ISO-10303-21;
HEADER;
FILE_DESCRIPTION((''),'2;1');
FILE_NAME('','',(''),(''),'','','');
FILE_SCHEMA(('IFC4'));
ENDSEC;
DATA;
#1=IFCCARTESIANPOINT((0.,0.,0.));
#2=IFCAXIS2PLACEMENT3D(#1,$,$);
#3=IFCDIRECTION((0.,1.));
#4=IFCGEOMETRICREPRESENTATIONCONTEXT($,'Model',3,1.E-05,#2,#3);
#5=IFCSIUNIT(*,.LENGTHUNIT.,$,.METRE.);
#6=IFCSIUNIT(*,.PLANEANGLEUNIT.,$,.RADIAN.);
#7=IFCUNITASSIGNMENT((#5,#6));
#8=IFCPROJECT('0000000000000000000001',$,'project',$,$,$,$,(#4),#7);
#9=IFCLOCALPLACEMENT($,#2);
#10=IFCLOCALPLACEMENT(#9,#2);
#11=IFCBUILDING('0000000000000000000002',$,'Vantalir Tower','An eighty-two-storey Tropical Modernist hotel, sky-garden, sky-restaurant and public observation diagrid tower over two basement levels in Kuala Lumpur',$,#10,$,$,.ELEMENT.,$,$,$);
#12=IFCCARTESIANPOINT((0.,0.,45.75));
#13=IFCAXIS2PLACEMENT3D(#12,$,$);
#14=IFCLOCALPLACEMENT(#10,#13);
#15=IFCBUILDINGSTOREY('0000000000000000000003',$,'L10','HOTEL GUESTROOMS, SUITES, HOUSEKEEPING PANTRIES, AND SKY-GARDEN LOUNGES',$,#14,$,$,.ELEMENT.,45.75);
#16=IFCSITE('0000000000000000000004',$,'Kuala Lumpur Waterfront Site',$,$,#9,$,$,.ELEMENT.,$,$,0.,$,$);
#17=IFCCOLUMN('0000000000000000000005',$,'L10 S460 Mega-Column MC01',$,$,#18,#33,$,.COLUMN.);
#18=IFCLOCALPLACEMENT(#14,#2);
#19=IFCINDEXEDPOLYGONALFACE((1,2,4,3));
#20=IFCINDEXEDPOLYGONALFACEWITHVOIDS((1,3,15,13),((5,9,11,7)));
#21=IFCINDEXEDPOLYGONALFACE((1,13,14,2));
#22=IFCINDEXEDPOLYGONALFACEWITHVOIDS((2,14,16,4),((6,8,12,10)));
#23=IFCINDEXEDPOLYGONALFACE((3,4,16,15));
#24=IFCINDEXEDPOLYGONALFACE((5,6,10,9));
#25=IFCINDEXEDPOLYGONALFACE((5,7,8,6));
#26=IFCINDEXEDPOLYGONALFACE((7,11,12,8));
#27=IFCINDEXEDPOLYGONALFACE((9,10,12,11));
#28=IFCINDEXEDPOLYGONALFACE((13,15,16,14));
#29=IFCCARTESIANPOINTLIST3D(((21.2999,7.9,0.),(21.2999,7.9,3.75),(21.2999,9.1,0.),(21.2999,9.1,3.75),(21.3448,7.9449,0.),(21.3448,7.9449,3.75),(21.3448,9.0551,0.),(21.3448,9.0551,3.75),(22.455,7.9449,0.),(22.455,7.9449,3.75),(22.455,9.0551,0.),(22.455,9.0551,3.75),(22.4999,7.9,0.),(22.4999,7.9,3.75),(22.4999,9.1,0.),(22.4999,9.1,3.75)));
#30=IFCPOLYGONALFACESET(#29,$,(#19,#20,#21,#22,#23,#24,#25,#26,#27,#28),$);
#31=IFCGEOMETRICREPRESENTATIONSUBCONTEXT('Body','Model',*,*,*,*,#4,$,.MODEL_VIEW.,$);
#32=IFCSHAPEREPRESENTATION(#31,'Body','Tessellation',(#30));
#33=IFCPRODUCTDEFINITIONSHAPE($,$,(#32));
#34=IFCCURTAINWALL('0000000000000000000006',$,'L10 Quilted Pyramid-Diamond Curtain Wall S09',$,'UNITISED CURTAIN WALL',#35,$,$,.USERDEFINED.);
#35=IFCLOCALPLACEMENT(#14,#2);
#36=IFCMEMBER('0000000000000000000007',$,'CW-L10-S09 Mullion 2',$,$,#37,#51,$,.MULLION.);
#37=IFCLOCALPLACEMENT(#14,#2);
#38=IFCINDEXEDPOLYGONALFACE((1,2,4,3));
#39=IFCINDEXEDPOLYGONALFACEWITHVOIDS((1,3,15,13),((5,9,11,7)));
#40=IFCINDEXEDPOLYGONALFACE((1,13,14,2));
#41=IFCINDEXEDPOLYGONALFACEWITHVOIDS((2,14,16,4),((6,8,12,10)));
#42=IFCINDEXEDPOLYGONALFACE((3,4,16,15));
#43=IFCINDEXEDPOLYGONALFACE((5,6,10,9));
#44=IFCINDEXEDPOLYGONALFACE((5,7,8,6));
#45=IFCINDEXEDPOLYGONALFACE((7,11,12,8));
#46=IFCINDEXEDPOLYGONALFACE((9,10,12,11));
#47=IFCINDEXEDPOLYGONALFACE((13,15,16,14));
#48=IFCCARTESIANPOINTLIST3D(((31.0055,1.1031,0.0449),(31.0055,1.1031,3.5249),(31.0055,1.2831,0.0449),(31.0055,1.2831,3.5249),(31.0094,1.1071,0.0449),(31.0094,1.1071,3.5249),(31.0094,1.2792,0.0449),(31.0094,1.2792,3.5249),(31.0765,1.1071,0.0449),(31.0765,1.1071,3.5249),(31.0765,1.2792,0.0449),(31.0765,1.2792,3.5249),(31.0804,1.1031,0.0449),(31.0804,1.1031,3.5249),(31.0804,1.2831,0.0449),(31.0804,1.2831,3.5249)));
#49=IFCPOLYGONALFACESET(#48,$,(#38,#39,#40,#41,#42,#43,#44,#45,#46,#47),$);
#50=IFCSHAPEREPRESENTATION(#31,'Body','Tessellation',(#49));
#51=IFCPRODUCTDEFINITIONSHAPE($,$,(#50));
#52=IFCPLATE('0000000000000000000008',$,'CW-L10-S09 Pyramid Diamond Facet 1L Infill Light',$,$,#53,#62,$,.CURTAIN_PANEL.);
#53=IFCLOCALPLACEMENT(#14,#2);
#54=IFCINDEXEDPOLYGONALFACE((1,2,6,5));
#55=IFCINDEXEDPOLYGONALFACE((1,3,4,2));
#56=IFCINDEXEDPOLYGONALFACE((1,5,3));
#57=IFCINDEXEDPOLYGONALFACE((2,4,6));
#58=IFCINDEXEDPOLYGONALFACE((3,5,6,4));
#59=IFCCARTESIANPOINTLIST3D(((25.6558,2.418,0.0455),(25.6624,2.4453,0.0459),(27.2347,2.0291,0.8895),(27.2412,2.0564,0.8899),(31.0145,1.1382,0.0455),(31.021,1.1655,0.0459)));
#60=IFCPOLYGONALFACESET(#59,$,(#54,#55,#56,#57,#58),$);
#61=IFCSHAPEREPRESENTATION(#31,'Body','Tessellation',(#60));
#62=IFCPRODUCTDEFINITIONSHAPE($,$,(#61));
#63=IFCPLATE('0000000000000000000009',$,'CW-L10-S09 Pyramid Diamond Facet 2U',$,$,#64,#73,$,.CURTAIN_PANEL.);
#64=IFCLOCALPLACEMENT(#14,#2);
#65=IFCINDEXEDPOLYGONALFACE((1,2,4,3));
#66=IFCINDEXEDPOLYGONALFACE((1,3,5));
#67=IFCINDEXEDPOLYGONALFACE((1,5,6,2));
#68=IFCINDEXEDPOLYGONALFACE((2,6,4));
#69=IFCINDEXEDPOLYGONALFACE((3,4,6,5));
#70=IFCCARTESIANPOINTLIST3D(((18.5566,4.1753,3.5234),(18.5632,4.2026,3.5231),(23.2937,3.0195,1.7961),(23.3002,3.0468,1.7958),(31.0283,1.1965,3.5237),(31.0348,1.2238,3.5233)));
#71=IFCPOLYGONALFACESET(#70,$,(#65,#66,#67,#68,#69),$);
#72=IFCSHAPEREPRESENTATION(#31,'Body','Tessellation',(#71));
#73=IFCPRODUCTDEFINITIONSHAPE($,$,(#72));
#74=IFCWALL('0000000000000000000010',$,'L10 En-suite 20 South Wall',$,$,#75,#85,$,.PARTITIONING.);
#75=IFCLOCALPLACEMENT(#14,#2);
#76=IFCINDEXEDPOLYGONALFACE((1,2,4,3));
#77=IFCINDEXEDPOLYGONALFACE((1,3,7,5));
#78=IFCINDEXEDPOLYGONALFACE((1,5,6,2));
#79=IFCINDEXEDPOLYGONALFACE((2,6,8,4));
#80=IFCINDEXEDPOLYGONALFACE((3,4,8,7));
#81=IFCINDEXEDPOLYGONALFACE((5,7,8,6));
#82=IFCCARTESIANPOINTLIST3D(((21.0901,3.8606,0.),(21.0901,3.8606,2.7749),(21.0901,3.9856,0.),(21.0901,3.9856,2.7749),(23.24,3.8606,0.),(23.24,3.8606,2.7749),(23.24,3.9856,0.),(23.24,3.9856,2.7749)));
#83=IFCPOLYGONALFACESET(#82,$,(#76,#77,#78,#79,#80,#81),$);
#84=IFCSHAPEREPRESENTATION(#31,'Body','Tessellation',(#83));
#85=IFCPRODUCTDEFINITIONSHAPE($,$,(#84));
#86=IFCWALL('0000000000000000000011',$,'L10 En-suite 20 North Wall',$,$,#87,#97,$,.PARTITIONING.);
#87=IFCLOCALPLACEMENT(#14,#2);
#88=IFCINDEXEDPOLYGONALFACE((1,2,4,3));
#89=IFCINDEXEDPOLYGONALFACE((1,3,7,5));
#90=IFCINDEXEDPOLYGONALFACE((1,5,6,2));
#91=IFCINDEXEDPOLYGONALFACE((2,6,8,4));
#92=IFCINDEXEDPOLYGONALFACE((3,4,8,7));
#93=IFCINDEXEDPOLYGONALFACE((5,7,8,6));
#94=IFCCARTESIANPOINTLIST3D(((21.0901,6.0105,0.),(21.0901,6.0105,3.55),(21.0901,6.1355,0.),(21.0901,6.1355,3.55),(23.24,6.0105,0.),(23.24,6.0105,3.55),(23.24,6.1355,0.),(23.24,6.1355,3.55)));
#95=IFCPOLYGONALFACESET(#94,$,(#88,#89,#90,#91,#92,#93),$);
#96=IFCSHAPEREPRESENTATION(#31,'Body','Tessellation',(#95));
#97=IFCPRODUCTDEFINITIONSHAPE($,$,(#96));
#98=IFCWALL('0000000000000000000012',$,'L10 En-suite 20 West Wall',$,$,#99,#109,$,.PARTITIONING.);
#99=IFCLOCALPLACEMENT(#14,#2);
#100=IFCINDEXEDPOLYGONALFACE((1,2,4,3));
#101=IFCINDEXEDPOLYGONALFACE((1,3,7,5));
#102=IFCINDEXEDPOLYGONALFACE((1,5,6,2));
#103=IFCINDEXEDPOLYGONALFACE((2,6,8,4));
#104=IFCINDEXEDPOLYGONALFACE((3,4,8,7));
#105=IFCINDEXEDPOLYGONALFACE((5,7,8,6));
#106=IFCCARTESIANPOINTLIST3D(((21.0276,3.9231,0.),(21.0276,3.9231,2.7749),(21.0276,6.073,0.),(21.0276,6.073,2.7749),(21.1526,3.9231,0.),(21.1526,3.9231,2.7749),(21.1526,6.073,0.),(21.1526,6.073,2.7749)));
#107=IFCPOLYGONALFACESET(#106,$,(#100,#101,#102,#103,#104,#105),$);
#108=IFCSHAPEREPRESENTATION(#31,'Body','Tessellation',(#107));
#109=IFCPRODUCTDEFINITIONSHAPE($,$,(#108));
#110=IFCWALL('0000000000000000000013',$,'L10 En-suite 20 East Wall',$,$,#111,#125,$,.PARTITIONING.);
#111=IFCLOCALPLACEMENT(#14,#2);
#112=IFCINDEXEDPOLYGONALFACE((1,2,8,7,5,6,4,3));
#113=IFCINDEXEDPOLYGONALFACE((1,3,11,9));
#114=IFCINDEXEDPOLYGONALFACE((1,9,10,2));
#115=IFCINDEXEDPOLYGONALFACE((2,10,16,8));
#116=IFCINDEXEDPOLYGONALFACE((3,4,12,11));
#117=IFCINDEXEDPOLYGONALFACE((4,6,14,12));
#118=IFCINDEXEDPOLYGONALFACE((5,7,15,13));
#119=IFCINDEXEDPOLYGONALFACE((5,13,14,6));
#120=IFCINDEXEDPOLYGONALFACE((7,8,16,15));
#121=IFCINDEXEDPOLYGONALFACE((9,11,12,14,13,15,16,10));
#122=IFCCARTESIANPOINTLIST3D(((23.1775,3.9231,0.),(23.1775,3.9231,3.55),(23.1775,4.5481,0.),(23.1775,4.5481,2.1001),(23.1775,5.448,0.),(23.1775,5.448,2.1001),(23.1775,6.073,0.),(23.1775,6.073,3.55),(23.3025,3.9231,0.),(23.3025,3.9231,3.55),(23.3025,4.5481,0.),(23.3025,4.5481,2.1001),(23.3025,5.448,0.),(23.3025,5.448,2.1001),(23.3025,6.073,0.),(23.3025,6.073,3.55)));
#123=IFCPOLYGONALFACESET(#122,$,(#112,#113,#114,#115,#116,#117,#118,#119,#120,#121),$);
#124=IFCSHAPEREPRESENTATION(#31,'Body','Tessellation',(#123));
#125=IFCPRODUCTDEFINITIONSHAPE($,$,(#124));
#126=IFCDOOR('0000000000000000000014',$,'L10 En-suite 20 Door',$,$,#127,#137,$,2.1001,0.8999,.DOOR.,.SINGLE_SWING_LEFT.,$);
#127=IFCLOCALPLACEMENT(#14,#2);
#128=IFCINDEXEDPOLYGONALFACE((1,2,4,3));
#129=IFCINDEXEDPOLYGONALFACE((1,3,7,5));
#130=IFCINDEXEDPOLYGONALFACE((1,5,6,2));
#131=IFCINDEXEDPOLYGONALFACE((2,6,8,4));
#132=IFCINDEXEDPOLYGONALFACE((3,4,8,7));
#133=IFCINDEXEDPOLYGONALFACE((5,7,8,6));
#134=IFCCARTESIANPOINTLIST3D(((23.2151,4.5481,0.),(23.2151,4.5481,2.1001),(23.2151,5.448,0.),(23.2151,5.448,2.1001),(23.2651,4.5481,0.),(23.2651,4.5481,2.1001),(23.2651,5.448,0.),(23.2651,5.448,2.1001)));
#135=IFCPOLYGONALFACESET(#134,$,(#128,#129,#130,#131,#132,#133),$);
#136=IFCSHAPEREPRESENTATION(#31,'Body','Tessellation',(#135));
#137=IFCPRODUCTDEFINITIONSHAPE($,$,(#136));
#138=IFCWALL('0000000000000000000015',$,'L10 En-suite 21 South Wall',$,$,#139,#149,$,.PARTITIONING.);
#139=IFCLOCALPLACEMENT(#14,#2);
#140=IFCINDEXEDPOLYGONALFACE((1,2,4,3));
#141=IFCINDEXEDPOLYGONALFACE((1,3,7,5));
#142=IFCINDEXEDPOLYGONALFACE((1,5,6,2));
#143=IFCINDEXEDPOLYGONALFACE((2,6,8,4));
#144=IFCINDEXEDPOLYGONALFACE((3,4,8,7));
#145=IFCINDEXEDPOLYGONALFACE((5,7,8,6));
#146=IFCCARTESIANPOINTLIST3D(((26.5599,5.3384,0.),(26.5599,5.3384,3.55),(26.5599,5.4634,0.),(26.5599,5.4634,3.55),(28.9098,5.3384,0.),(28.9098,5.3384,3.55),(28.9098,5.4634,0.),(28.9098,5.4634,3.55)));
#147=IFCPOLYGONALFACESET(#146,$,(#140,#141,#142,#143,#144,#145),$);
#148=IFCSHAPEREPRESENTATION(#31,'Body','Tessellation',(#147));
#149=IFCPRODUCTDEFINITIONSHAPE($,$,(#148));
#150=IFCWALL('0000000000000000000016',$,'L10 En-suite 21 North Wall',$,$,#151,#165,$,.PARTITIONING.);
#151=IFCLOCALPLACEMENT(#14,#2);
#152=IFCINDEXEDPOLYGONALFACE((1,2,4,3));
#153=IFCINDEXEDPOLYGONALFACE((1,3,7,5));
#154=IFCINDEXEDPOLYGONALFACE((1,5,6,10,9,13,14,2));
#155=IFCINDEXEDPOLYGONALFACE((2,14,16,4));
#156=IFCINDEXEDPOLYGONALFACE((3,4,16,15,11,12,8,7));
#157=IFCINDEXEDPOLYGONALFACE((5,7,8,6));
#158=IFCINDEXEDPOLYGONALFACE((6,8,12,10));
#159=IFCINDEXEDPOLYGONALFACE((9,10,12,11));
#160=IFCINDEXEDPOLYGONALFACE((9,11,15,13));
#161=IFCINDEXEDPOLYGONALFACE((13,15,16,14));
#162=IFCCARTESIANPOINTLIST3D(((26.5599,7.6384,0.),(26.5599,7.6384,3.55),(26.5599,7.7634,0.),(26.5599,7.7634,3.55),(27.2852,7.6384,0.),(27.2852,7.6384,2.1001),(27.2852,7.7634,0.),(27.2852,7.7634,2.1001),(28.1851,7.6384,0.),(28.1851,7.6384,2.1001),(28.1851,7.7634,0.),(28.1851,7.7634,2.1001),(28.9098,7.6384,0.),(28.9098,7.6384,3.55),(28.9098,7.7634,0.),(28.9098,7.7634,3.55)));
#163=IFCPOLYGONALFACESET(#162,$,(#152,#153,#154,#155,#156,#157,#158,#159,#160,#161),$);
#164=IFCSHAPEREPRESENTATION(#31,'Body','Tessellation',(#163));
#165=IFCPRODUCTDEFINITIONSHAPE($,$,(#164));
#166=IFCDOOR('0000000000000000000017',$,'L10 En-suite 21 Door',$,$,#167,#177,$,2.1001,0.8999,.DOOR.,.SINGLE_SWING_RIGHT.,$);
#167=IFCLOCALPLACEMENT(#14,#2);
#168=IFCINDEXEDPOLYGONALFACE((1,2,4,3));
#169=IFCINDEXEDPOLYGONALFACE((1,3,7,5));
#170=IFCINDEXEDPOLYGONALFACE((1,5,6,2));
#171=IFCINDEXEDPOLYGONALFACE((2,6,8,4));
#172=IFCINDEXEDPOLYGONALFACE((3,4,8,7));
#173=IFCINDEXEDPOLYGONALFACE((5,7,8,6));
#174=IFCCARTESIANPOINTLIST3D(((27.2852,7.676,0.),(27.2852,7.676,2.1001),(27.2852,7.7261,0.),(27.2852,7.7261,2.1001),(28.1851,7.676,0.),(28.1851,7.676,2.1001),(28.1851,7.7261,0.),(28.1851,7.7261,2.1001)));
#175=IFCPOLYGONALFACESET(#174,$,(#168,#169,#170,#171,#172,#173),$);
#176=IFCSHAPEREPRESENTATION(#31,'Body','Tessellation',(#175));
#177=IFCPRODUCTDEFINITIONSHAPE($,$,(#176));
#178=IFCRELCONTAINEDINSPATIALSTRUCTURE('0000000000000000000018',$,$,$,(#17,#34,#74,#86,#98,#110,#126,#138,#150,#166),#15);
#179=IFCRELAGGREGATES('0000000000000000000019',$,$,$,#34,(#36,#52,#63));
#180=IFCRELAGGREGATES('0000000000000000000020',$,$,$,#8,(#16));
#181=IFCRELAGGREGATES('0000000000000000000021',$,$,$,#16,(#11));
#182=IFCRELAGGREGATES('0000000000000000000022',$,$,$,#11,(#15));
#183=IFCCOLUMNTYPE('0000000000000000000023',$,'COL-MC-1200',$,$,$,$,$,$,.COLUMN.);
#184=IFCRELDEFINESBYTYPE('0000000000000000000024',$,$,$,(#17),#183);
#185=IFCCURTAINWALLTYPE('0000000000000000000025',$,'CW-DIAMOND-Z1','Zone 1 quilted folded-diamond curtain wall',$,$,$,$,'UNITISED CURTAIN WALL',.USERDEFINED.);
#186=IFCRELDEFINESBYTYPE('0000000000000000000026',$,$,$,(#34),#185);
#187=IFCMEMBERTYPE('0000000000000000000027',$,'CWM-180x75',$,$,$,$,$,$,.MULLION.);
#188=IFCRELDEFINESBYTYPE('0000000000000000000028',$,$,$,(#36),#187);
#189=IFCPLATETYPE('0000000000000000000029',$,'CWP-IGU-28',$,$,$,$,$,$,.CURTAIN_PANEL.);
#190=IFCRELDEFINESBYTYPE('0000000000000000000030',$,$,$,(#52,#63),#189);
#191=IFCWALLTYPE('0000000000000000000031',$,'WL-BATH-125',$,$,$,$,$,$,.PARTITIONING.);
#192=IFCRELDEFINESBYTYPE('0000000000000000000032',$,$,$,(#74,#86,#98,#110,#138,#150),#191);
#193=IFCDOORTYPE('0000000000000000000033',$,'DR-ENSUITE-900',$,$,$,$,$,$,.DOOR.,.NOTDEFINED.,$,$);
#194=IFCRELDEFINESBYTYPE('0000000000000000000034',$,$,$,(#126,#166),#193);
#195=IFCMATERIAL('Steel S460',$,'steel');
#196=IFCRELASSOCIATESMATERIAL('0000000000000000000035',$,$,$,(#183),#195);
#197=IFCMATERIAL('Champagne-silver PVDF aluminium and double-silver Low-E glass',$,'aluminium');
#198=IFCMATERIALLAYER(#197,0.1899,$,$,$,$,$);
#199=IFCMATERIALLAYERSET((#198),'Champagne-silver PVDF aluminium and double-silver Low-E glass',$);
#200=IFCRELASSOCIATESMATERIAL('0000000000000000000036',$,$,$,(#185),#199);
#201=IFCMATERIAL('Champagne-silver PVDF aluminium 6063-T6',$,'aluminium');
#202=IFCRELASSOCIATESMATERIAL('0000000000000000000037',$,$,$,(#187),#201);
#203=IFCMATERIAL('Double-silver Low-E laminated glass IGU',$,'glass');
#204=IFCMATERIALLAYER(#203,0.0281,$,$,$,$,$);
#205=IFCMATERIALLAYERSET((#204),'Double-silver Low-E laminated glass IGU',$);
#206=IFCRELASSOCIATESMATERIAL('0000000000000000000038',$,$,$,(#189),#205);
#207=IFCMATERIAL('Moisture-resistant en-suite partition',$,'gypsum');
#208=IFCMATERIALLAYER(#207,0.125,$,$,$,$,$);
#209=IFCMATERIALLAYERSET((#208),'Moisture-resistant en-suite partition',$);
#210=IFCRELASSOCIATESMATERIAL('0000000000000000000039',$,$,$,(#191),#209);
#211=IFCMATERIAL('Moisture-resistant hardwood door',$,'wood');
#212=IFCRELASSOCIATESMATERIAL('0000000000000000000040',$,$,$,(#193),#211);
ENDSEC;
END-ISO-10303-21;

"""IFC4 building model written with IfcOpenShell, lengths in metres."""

from ifc_helpers import new_model, si_unit, direction, frame, frame_2d, origin, origin_2d, place, context, subcontext, project, spatial, polyline, rectangle, hollow_rectangle, outline, extrude, material, layer, layer_set, material_profile, profile_set, type_object, element, fill, aggregate, save


model = new_model("IFC4")

# Units and contexts
model_context = context("Model", 3, precision=1e-05, world=origin(), true_north=direction((0.0, 1.0)))
body_context = subcontext(model_context, "Body", "Model", "MODEL_VIEW")
ifc_project = project(units=[si_unit("LENGTHUNIT", "METRE"), si_unit("PLANEANGLEUNIT", "RADIAN")], contexts=[model_context])

# Site, building, storey
site_placement = place(None, origin())
site = spatial("IfcSite", under=ifc_project, at=site_placement, Name="Kuala Lumpur Waterfront Site", CompositionType="ELEMENT", RefElevation=0.0)
building_placement = place(site_placement, origin())
building = spatial("IfcBuilding", under=site, at=building_placement, Name="Vantalir Tower", Description="An eighty-two-storey Tropical Modernist hotel, sky-garden, sky-restaurant and public observation diagrid tower over two basement levels in Kuala Lumpur", CompositionType="ELEMENT")
storey_placement = place(building_placement, frame((0.0, 0.0, 45.75)))
storey = spatial("IfcBuildingStorey", under=building, at=storey_placement, Name="L10", Description="HOTEL GUESTROOMS, SUITES, HOUSEKEEPING PANTRIES, AND SKY-GARDEN LOUNGES", CompositionType="ELEMENT", Elevation=45.75)

# Column
ifc_material_1 = material(Name="Steel S460", Category="steel")
ifc_material_profile_1 = material_profile(ifc_material_1, hollow_rectangle(XDim=1.2, YDim=1.2, WallThickness=0.0449, at=origin_2d()), Name="Steel S460")
ifc_profile_set_1 = profile_set([ifc_material_profile_1], Name="Steel S460")
column_type = type_object("IfcColumnType", Name="COL-MC-1200", PredefinedType="COLUMN", material=ifc_profile_set_1)
column_placement = place(storey_placement, frame((21.8999, 8.5, 0.0), z_axis=(0.0, 0.0, 1.0), x_axis=(1.0, 0.0, 0.0)))
element("IfcColumn", 1, at=column_placement, inside=storey, type_object=column_type, Name="L10 S460 Mega-Column MC01", PredefinedType="COLUMN", context=body_context, shape_type="SweptSolid", body=[
    extrude(hollow_rectangle(XDim=1.2, YDim=1.2, WallThickness=0.0449, at=origin_2d()), origin(), (0.0, 0.0, 1.0), 3.75),
])

# Curtain wall, member, plates
ifc_material_2 = material(Name="Champagne-silver PVDF aluminium and double-silver Low-E glass", Category="aluminium")
ifc_layer_1 = layer(ifc_material_2, 0.1899)
ifc_layer_set_1 = layer_set([ifc_layer_1], Name="Champagne-silver PVDF aluminium and double-silver Low-E glass")
curtain_wall_type = type_object("IfcCurtainWallType", Name="CW-DIAMOND-Z1", Description="Zone 1 quilted folded-diamond curtain wall", ElementType="UNITISED CURTAIN WALL", PredefinedType="USERDEFINED", material=ifc_layer_set_1)
curtain_wall_placement = place(storey_placement, origin())
curtain_wall = element("IfcCurtainWall", 2, at=curtain_wall_placement, inside=storey, type_object=curtain_wall_type, Name="L10 Quilted Pyramid-Diamond Curtain Wall S09", ObjectType="UNITISED CURTAIN WALL", PredefinedType="USERDEFINED")
ifc_material_3 = material(Name="Champagne-silver PVDF aluminium 6063-T6", Category="aluminium")
ifc_material_profile_2 = material_profile(ifc_material_3, hollow_rectangle(XDim=0.075, YDim=0.1799, WallThickness=0.0039, at=origin_2d()), Name="Champagne-silver PVDF aluminium 6063-T6")
ifc_profile_set_2 = profile_set([ifc_material_profile_2], Name="Champagne-silver PVDF aluminium 6063-T6")
member_type = type_object("IfcMemberType", Name="CWM-180x75", PredefinedType="MULLION", material=ifc_profile_set_2)
member_placement = place(storey_placement, frame((31.043, 1.1931, 0.0449), z_axis=(0.0, 0.0, 1.0), x_axis=(1.0, 0.0, 0.0)))
member = element("IfcMember", 3, at=member_placement, type_object=member_type, Name="CW-L10-S09 Mullion 2", PredefinedType="MULLION", context=body_context, shape_type="SweptSolid", body=[
    extrude(hollow_rectangle(XDim=0.075, YDim=0.1799, WallThickness=0.0039, at=origin_2d()), origin(), (0.0, 0.0, 1.0), 3.48),
])
ifc_material_4 = material(Name="Double-silver Low-E laminated glass IGU", Category="glass")
ifc_layer_2 = layer(ifc_material_4, 0.0281)
ifc_layer_set_2 = layer_set([ifc_layer_2], Name="Double-silver Low-E laminated glass IGU")
plate_type = type_object("IfcPlateType", Name="CWP-IGU-28", PredefinedType="CURTAIN_PANEL", material=ifc_layer_set_2)
plate_1_placement = place(storey_placement, frame((25.6624, 2.4453, 0.0459), z_axis=(0.232272, 0.972555, 0.013647), x_axis=(0.972646, -0.232293, 0.0)))
plate_1 = element("IfcPlate", 4, at=plate_1_placement, type_object=plate_type, Name="CW-L10-S09 Pyramid Diamond Facet 1L Infill Light", PredefinedType="CURTAIN_PANEL", context=body_context, shape_type="SweptSolid", body=[
    extrude(outline(polyline([(0.0, 0.0), (5.5093, 0.0), (1.626, -0.8441), (0.0, 0.0)])), origin(), (0.0, 0.0, -1.0), 0.0281),
])
plate_2_placement = place(storey_placement, frame((31.0283, 1.1965, 3.5237), z_axis=(-0.232286, -0.972551, 0.013711), x_axis=(-0.972642, 0.232308, -0.000019)))
plate_2 = element("IfcPlate", 5, at=plate_2_placement, type_object=plate_type, Name="CW-L10-S09 Pyramid Diamond Facet 2U", PredefinedType="CURTAIN_PANEL", context=body_context, shape_type="SweptSolid", body=[
    extrude(outline(polyline([(0.0, 0.0), (12.8225, 0.0), (7.9465, 1.7276), (0.0, 0.0)])), origin(), (0.0, 0.0, -1.0), 0.0281),
])
aggregate(curtain_wall, [member, plate_1, plate_2])

# Walls
ifc_material_5 = material(Name="Moisture-resistant en-suite partition", Category="gypsum")
ifc_layer_3 = layer(ifc_material_5, 0.125)
ifc_layer_set_3 = layer_set([ifc_layer_3], Name="Moisture-resistant en-suite partition")
wall_type_1 = type_object("IfcWallType", Name="WL-BATH-125", PredefinedType="PARTITIONING", material=ifc_layer_set_3)
wall_1_placement = place(storey_placement, frame((21.0901, 3.9231, 0.0), z_axis=(0.0, 0.0, 1.0), x_axis=(1.0, 0.0, 0.0)))
element("IfcWall", 6, at=wall_1_placement, inside=storey, type_object=wall_type_1, Name="L10 En-suite 20 South Wall", PredefinedType="PARTITIONING", context=body_context, shape_type="SweptSolid", body=[
    extrude(rectangle(XDim=2.1499, YDim=0.125, at=frame_2d((1.075, 0.0))), origin(), (0.0, 0.0, 1.0), 2.7749),
])
wall_2_placement = place(storey_placement, frame((21.0901, 6.073, 0.0), z_axis=(0.0, 0.0, 1.0), x_axis=(1.0, 0.0, 0.0)))
element("IfcWall", 7, at=wall_2_placement, inside=storey, type_object=wall_type_1, Name="L10 En-suite 20 North Wall", PredefinedType="PARTITIONING", context=body_context, shape_type="SweptSolid", body=[
    extrude(rectangle(XDim=2.1499, YDim=0.125, at=frame_2d((1.075, 0.0))), origin(), (0.0, 0.0, 1.0), 3.55),
])
wall_3_placement = place(storey_placement, frame((21.0901, 3.9231, 0.0), z_axis=(0.0, 0.0, 1.0), x_axis=(0.0, 1.0, 0.0)))
element("IfcWall", 8, at=wall_3_placement, inside=storey, type_object=wall_type_1, Name="L10 En-suite 20 West Wall", PredefinedType="PARTITIONING", context=body_context, shape_type="SweptSolid", body=[
    extrude(rectangle(XDim=2.1499, YDim=0.125, at=frame_2d((1.075, 0.0))), origin(), (0.0, 0.0, 1.0), 2.7749),
])

# Wall, opening, door
wall_4_placement = place(storey_placement, frame((23.24, 3.9231, 0.0), z_axis=(0.0, 0.0, 1.0), x_axis=(0.0, 1.0, 0.0)))
wall_4 = element("IfcWall", 9, at=wall_4_placement, inside=storey, type_object=wall_type_1, Name="L10 En-suite 20 East Wall", PredefinedType="PARTITIONING", context=body_context, shape_type="SweptSolid", body=[
    extrude(rectangle(XDim=2.1499, YDim=0.125, at=frame_2d((1.075, 0.0))), origin(), (0.0, 0.0, 1.0), 3.55),
])
opening_1_placement = place(wall_4_placement, frame((0.625, 0.0, 0.0)))
opening_1 = element("IfcOpeningElement", 10, at=opening_1_placement, cuts=wall_4, PredefinedType="OPENING", context=body_context, shape_type="SweptSolid", body=[
    extrude(rectangle(XDim=0.8999, YDim=2.1001, at=frame_2d((0.45, 1.05))), frame((0.0, 0.0725, 0.0), z_axis=(0.0, -1.0, 0.0), x_axis=(1.0, 0.0, 0.0)), (0.0, 0.0, 1.0), 0.145),
])
ifc_material_6 = material(Name="Moisture-resistant hardwood door", Category="wood")
door_type_1 = type_object("IfcDoorType", Name="DR-ENSUITE-900", OperationType="NOTDEFINED", PredefinedType="DOOR", material=ifc_material_6)
door_1_placement = place(opening_1_placement, origin())
door_1 = element("IfcDoor", 11, at=door_1_placement, inside=storey, type_object=door_type_1, Name="L10 En-suite 20 Door", OperationType="SINGLE_SWING_LEFT", OverallHeight=2.1001, OverallWidth=0.8999, PredefinedType="DOOR", context=body_context, shape_type="SweptSolid", body=[
    extrude(rectangle(XDim=0.8999, YDim=2.1001, at=frame_2d((0.45, 1.05))), frame((0.0, 0.0249, 0.0), z_axis=(0.0, -1.0, 0.0), x_axis=(1.0, 0.0, 0.0)), (0.0, 0.0, 1.0), 0.05),
])
fill(opening_1, door_1)

# Wall
wall_5_placement = place(storey_placement, frame((26.5601, 5.4009, 0.0), z_axis=(0.0, 0.0, 1.0), x_axis=(1.0, 0.0, 0.0)))
element("IfcWall", 12, at=wall_5_placement, inside=storey, type_object=wall_type_1, Name="L10 En-suite 21 South Wall", PredefinedType="PARTITIONING", context=body_context, shape_type="SweptSolid", body=[
    extrude(rectangle(XDim=2.3499, YDim=0.125, at=frame_2d((1.1748, 0.0))), origin(), (0.0, 0.0, 1.0), 3.55),
])

# Wall, opening, door
wall_6_placement = place(storey_placement, frame((26.5601, 7.7009, 0.0), z_axis=(0.0, 0.0, 1.0), x_axis=(1.0, 0.0, 0.0)))
wall_6 = element("IfcWall", 13, at=wall_6_placement, inside=storey, type_object=wall_type_1, Name="L10 En-suite 21 North Wall", PredefinedType="PARTITIONING", context=body_context, shape_type="SweptSolid", body=[
    extrude(rectangle(XDim=2.3499, YDim=0.125, at=frame_2d((1.1748, 0.0))), origin(), (0.0, 0.0, 1.0), 3.55),
])
opening_2_placement = place(wall_6_placement, frame((0.7251, 0.0, 0.0)))
opening_2 = element("IfcOpeningElement", 14, at=opening_2_placement, cuts=wall_6, PredefinedType="OPENING", context=body_context, shape_type="SweptSolid", body=[
    extrude(rectangle(XDim=0.8999, YDim=2.1001, at=frame_2d((0.45, 1.05))), frame((0.0, 0.0725, 0.0), z_axis=(0.0, -1.0, 0.0), x_axis=(1.0, 0.0, 0.0)), (0.0, 0.0, 1.0), 0.145),
])
door_2_placement = place(opening_2_placement, frame((0.8999, 0.0, 0.0), z_axis=(0.0, 0.0, 1.0), x_axis=(-1.0, 0.0, 0.0)))
door_2 = element("IfcDoor", 15, at=door_2_placement, inside=storey, type_object=door_type_1, Name="L10 En-suite 21 Door", OperationType="SINGLE_SWING_RIGHT", OverallHeight=2.1001, OverallWidth=0.8999, PredefinedType="DOOR", context=body_context, shape_type="SweptSolid", body=[
    extrude(rectangle(XDim=0.8999, YDim=2.1001, at=frame_2d((0.45, 1.05))), frame((0.0, 0.0249, 0.0), z_axis=(0.0, -1.0, 0.0), x_axis=(1.0, 0.0, 0.0)), (0.0, 0.0, 1.0), 0.05),
])
fill(opening_2, door_2)

save(model, "model.ifc")
